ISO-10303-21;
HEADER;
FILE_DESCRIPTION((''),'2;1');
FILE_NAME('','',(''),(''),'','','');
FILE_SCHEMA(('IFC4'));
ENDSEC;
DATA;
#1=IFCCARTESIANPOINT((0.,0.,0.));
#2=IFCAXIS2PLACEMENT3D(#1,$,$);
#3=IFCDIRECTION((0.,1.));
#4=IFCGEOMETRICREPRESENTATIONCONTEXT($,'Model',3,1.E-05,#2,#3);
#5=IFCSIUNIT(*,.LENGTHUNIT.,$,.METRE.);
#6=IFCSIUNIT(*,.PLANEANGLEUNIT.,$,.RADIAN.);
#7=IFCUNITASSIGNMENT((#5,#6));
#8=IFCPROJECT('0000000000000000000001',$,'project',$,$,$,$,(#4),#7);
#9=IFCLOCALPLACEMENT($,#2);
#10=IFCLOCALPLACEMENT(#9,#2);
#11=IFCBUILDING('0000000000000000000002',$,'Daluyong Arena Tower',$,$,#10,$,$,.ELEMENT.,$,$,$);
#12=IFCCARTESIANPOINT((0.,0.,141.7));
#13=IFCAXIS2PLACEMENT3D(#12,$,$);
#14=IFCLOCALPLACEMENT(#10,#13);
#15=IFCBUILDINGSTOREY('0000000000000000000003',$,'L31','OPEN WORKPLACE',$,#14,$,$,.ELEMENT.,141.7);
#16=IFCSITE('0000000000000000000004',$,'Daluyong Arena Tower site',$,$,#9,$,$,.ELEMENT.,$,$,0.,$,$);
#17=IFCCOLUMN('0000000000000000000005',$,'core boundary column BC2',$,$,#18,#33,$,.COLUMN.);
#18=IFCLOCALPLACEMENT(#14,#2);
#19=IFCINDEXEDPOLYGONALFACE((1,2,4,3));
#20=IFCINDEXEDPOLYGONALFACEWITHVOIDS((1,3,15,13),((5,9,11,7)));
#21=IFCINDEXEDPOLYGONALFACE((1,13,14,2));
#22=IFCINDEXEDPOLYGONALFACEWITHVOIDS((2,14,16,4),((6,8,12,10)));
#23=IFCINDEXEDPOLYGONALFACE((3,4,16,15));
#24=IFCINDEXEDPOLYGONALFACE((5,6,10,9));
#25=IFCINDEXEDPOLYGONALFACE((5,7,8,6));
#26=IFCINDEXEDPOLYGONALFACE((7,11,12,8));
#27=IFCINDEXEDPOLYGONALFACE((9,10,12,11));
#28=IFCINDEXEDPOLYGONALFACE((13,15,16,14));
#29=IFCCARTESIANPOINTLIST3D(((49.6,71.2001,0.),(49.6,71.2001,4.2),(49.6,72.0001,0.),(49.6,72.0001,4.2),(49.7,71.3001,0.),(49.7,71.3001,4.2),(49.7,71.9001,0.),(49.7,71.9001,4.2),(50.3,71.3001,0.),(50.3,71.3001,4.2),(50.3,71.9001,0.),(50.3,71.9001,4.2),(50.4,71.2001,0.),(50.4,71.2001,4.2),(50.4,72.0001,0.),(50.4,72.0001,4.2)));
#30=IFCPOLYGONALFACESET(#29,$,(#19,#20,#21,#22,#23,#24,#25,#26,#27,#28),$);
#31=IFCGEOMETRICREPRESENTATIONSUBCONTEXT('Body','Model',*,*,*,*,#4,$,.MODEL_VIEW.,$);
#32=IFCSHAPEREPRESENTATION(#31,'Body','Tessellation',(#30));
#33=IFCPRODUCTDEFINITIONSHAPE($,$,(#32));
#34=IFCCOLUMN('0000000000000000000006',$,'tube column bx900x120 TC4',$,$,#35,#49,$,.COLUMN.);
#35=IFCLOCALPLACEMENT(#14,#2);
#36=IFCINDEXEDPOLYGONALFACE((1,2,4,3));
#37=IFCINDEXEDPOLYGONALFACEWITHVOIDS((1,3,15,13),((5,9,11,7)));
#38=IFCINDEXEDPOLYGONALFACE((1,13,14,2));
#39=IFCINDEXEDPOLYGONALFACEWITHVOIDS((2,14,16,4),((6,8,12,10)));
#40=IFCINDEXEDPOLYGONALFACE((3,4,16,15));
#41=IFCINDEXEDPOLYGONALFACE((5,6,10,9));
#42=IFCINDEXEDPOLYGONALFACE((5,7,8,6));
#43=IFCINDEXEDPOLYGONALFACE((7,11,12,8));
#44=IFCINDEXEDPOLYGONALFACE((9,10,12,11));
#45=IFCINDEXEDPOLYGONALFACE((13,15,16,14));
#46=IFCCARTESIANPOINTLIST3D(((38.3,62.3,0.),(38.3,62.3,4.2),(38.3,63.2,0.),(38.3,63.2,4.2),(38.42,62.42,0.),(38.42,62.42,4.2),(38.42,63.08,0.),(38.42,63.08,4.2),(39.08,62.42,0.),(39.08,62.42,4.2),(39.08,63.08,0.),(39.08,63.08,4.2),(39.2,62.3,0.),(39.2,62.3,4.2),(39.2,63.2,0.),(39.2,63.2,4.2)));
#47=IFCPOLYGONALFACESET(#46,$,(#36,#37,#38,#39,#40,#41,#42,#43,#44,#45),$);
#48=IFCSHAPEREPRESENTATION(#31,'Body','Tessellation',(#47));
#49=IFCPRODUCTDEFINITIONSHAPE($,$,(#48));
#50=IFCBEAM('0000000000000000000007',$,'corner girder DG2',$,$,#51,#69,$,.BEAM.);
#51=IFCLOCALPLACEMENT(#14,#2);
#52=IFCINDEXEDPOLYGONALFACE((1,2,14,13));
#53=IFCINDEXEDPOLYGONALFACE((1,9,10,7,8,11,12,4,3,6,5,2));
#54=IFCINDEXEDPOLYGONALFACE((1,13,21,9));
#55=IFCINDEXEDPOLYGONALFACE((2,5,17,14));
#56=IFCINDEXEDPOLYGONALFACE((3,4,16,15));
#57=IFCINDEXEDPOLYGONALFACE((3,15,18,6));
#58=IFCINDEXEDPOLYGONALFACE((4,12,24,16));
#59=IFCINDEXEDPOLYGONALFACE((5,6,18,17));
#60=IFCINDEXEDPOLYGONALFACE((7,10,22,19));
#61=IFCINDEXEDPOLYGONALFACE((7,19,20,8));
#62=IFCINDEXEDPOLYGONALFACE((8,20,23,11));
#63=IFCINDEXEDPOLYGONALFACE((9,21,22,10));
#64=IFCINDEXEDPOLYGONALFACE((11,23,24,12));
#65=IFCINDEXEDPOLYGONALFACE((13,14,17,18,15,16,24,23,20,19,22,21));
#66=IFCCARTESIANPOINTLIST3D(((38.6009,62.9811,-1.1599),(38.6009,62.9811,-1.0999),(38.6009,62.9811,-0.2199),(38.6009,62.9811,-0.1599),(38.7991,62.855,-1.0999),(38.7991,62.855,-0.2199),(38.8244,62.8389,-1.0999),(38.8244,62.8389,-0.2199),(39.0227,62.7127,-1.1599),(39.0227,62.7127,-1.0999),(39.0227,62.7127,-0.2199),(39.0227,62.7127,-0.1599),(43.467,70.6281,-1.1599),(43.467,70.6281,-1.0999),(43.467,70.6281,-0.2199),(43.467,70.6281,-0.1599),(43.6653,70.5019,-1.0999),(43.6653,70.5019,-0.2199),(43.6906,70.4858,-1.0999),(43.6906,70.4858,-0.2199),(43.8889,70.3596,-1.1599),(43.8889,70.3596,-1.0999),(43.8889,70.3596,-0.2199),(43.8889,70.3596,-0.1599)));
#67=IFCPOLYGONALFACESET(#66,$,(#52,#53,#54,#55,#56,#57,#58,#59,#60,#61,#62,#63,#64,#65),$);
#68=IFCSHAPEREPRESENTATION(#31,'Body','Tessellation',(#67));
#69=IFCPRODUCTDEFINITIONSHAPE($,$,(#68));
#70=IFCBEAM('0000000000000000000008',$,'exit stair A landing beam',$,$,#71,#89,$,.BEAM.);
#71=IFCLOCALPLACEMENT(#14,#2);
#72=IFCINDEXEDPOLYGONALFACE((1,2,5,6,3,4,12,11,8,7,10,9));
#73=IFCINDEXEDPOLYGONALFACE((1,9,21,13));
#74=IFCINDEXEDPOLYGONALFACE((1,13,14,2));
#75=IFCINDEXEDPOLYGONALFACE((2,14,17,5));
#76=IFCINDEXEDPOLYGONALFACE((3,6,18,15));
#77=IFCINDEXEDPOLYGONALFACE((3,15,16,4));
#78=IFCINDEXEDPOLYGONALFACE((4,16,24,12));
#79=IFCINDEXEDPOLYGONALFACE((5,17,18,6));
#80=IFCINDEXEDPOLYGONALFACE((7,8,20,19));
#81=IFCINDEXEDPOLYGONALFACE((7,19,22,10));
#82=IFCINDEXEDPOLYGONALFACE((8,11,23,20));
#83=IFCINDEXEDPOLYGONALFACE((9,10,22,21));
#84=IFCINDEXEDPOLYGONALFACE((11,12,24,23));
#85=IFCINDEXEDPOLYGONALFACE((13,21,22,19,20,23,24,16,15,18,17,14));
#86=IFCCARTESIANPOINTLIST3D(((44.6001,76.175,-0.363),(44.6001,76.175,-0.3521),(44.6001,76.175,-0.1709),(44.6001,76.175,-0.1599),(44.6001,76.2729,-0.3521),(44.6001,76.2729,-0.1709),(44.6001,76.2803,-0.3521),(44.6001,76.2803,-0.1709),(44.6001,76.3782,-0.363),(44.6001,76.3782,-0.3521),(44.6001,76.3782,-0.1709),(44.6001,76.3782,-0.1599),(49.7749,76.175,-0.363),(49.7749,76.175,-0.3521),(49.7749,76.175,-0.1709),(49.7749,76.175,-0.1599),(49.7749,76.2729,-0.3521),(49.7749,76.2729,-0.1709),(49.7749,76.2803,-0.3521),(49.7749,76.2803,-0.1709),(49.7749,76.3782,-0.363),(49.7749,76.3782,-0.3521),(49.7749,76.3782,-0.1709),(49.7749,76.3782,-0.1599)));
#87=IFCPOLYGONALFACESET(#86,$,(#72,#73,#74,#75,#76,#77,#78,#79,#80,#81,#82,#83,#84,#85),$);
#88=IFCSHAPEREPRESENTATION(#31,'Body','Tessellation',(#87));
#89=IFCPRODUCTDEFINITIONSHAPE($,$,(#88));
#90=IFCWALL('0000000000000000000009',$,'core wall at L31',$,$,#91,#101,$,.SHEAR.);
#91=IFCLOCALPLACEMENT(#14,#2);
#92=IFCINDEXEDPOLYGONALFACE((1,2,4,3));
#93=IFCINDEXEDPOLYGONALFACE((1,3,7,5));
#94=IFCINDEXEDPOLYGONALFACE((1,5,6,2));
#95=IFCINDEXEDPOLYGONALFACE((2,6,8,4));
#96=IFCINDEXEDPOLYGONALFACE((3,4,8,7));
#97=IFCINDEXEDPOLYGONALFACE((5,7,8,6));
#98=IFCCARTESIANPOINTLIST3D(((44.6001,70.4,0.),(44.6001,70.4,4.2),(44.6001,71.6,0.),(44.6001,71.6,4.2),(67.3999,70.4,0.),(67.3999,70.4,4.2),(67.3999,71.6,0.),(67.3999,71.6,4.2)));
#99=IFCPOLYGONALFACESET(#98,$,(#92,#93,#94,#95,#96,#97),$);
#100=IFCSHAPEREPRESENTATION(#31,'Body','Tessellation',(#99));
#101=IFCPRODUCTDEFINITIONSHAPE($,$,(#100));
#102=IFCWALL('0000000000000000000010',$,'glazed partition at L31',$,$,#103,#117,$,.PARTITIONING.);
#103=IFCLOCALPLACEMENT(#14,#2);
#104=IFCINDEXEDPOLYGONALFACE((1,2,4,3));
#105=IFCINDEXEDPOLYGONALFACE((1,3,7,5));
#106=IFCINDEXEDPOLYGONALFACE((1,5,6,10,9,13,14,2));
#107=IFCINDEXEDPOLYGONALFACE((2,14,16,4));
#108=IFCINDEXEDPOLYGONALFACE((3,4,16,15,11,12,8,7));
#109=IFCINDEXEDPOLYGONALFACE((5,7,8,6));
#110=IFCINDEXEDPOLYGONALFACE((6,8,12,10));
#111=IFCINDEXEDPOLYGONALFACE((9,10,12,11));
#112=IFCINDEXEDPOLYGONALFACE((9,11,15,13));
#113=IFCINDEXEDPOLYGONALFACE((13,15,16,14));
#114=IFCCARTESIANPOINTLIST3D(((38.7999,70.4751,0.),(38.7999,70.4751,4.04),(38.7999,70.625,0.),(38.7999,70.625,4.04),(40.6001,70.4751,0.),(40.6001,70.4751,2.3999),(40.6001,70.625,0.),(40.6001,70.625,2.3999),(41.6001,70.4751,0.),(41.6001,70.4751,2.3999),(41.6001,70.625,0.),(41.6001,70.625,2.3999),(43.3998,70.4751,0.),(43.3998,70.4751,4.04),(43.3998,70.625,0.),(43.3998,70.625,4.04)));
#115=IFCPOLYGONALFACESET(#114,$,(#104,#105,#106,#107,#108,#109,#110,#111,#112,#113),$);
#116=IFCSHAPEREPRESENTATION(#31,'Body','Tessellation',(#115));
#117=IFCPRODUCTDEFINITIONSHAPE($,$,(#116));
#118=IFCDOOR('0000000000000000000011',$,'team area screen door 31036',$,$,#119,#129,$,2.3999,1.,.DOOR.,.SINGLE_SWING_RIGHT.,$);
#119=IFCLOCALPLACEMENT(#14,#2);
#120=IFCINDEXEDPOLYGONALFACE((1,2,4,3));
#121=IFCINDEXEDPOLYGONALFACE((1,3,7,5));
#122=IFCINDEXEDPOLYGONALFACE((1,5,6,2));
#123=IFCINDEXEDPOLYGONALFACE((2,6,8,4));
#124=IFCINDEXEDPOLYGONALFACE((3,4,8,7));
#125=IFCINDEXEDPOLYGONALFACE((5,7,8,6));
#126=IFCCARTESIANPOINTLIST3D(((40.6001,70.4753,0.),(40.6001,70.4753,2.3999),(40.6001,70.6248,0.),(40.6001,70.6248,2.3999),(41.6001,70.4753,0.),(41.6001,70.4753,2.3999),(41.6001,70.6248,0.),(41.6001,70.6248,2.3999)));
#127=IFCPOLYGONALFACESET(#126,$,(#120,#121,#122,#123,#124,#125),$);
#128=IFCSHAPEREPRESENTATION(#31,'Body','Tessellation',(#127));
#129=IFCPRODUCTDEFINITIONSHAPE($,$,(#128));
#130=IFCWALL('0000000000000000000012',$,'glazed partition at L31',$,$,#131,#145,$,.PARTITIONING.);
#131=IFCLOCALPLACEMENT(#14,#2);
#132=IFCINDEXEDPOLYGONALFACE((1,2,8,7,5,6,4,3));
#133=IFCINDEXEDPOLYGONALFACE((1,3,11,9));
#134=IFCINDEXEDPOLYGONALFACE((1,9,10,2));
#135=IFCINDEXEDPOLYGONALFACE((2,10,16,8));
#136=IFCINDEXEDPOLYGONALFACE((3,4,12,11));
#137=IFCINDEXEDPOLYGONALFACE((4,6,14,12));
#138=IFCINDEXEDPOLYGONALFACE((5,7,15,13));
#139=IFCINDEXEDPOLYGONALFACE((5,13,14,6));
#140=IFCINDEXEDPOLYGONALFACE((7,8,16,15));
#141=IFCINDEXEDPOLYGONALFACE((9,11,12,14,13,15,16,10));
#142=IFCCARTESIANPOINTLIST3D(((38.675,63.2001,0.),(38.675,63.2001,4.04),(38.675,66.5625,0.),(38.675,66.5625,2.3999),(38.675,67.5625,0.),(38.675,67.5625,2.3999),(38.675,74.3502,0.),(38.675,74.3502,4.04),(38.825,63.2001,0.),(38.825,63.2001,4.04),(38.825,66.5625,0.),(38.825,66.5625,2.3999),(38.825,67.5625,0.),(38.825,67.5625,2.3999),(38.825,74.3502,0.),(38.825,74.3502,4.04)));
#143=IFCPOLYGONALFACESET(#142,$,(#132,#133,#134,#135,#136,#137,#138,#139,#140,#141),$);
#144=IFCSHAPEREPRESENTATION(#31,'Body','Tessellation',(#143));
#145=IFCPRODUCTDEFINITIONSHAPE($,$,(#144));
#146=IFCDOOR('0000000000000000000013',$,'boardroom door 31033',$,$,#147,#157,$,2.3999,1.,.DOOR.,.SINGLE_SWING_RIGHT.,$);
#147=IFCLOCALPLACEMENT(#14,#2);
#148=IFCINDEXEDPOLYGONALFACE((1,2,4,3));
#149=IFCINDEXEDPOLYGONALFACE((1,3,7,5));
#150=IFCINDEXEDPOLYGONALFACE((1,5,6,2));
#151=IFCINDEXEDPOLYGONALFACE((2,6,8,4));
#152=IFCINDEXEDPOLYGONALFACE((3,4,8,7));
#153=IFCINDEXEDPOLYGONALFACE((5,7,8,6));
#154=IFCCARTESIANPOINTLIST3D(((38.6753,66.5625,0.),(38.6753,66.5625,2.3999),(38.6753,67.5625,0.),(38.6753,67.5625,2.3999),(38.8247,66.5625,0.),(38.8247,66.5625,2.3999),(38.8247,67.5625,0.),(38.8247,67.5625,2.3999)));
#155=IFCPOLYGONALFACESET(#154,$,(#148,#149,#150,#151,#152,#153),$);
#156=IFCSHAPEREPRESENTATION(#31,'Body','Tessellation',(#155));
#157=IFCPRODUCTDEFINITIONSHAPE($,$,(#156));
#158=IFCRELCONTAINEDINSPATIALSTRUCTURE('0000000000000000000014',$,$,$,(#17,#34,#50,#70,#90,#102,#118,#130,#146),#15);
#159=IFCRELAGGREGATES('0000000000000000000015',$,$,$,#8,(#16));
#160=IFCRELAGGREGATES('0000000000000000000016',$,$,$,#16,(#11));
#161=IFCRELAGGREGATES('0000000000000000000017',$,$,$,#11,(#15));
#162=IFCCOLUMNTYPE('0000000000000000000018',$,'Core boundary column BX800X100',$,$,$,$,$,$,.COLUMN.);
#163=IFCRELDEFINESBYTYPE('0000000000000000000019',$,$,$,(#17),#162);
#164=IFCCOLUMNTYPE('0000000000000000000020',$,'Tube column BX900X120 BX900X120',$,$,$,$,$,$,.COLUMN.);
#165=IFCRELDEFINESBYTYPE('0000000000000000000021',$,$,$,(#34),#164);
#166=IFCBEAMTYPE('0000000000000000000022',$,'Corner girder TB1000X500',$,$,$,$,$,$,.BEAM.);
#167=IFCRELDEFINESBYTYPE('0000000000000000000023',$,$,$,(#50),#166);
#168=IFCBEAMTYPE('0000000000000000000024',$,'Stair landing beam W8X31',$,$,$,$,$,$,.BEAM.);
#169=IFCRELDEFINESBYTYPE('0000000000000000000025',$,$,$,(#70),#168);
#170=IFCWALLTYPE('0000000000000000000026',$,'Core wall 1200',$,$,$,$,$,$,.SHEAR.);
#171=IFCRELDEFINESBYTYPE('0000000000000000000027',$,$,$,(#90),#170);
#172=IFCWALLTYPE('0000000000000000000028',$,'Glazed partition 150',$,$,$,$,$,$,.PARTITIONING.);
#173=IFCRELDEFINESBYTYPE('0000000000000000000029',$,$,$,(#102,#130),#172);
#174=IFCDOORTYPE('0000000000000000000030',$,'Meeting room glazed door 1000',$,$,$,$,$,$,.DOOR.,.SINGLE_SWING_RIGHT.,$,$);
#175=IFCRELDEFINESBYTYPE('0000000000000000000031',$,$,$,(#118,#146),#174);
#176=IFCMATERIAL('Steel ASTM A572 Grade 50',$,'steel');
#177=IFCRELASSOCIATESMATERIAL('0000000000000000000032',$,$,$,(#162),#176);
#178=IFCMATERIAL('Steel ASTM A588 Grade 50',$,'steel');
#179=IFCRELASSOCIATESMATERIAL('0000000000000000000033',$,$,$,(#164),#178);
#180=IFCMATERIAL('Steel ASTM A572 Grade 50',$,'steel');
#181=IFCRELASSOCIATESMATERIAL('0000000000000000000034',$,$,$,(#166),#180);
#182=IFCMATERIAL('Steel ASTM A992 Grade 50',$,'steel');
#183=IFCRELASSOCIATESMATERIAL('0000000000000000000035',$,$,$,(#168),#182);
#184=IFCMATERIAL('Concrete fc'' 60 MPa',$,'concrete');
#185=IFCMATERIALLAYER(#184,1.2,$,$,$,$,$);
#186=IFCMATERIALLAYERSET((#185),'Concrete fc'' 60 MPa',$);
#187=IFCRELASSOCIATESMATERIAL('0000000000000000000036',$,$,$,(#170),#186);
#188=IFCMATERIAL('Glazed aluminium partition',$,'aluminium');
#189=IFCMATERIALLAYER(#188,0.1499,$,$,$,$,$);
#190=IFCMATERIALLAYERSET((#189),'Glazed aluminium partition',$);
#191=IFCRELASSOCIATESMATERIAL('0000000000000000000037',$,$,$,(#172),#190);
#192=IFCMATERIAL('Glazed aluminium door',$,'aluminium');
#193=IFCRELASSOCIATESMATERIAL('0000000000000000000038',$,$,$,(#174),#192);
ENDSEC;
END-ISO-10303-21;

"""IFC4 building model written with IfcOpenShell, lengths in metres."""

from ifc_helpers import new_model, si_unit, direction, frame, frame_2d, origin, origin_2d, place, context, subcontext, project, spatial, rectangle, hollow_rectangle, i_section, extrude, material, layer, layer_set, material_profile, profile_set, type_object, element, fill, save


model = new_model("IFC4")

# Units and contexts
model_context = context("Model", 3, precision=1e-05, world=origin(), true_north=direction((0.0, 1.0)))
body_context = subcontext(model_context, "Body", "Model", "MODEL_VIEW")
ifc_project = project(units=[si_unit("LENGTHUNIT", "METRE"), si_unit("PLANEANGLEUNIT", "RADIAN")], contexts=[model_context])

# Site, building, storey
site_placement = place(None, origin())
site = spatial("IfcSite", under=ifc_project, at=site_placement, Name="Daluyong Arena Tower site", CompositionType="ELEMENT", RefElevation=0.0)
building_placement = place(site_placement, origin())
building = spatial("IfcBuilding", under=site, at=building_placement, Name="Daluyong Arena Tower", CompositionType="ELEMENT")
storey_placement = place(building_placement, frame((0.0, 0.0, 141.7)))
storey = spatial("IfcBuildingStorey", under=building, at=storey_placement, Name="L31", Description="OPEN WORKPLACE", CompositionType="ELEMENT", Elevation=141.7)

# Columns
ifc_material_1 = material(Name="Steel ASTM A572 Grade 50", Category="steel")
ifc_material_profile_1 = material_profile(ifc_material_1, hollow_rectangle(XDim=0.8, YDim=0.8, WallThickness=0.1, at=origin_2d()))
ifc_profile_set_1 = profile_set([ifc_material_profile_1], Name="Steel ASTM A572 Grade 50")
column_type_1 = type_object("IfcColumnType", Name="Core boundary column BX800X100", PredefinedType="COLUMN", material=ifc_profile_set_1)
column_1_placement = place(storey_placement, frame((50.0, 71.6001, 0.0), z_axis=(0.0, 0.0, 1.0), x_axis=(1.0, 0.0, 0.0)))
element("IfcColumn", 1, at=column_1_placement, inside=storey, type_object=column_type_1, Name="core boundary column BC2", PredefinedType="COLUMN", context=body_context, shape_type="SweptSolid", body=[
    extrude(hollow_rectangle(XDim=0.8, YDim=0.8, WallThickness=0.1, at=origin_2d()), origin(), (0.0, 0.0, 1.0), 4.2),
])
ifc_material_2 = material(Name="Steel ASTM A588 Grade 50", Category="steel")
ifc_material_profile_2 = material_profile(ifc_material_2, hollow_rectangle(XDim=0.8999, YDim=0.8999, WallThickness=0.12, at=origin_2d()))
ifc_profile_set_2 = profile_set([ifc_material_profile_2], Name="Steel ASTM A588 Grade 50")
column_type_2 = type_object("IfcColumnType", Name="Tube column BX900X120 BX900X120", PredefinedType="COLUMN", material=ifc_profile_set_2)
column_2_placement = place(storey_placement, frame((38.75, 62.75, 0.0), z_axis=(0.0, 0.0, 1.0), x_axis=(0.0, 1.0, 0.0)))
element("IfcColumn", 2, at=column_2_placement, inside=storey, type_object=column_type_2, Name="tube column bx900x120 TC4", PredefinedType="COLUMN", context=body_context, shape_type="SweptSolid", body=[
    extrude(hollow_rectangle(XDim=0.8999, YDim=0.8999, WallThickness=0.12, at=origin_2d()), origin(), (0.0, 0.0, 1.0), 4.2),
])

# Beams
ifc_material_3 = material(Name="Steel ASTM A572 Grade 50", Category="steel")
ifc_material_profile_3 = material_profile(ifc_material_3, i_section(OverallWidth=0.5, OverallDepth=1.0, WebThickness=0.03, FlangeThickness=0.06, at=origin_2d()))
ifc_profile_set_3 = profile_set([ifc_material_profile_3], Name="Steel ASTM A572 Grade 50")
beam_type_1 = type_object("IfcBeamType", Name="Corner girder TB1000X500", PredefinedType="BEAM", material=ifc_profile_set_3)
beam_1_placement = place(storey_placement, frame((38.8118, 62.8469, -0.6599), z_axis=(0.536872, 0.843664, 0.0), x_axis=(-0.843664, 0.536872, 0.0)))
element("IfcBeam", 3, at=beam_1_placement, inside=storey, type_object=beam_type_1, Name="corner girder DG2", PredefinedType="BEAM", context=body_context, shape_type="SweptSolid", body=[
    extrude(i_section(OverallWidth=0.5, OverallDepth=1.0, WebThickness=0.03, FlangeThickness=0.06, at=origin_2d()), origin(), (0.0, 0.0, 1.0), 9.064),
])
ifc_material_4 = material(Name="Steel ASTM A992 Grade 50", Category="steel")
ifc_material_profile_4 = material_profile(ifc_material_4, i_section(OverallWidth=0.2031, OverallDepth=0.2031, WebThickness=0.0073, FlangeThickness=0.011, at=origin_2d()))
ifc_profile_set_4 = profile_set([ifc_material_profile_4], Name="Steel ASTM A992 Grade 50")
beam_type_2 = type_object("IfcBeamType", Name="Stair landing beam W8X31", PredefinedType="BEAM", material=ifc_profile_set_4)
beam_2_placement = place(storey_placement, frame((44.6001, 76.2766, -0.2615), z_axis=(1.0, 0.0, 0.0), x_axis=(0.0, 1.0, 0.0)))
element("IfcBeam", 4, at=beam_2_placement, inside=storey, type_object=beam_type_2, Name="exit stair A landing beam", PredefinedType="BEAM", context=body_context, shape_type="SweptSolid", body=[
    extrude(i_section(OverallWidth=0.2031, OverallDepth=0.2031, WebThickness=0.0073, FlangeThickness=0.011, at=origin_2d()), origin(), (0.0, 0.0, 1.0), 5.1748),
])

# Shared definitions
ifc_material_5 = material(Name="Concrete fc' 60 MPa", Category="concrete")
ifc_layer_1 = layer(ifc_material_5, 1.2)
ifc_layer_set_1 = layer_set([ifc_layer_1], Name="Concrete fc' 60 MPa")
wall_type_1 = type_object("IfcWallType", Name="Core wall 1200", PredefinedType="SHEAR", material=ifc_layer_set_1)

# Wall
wall_1_placement = place(storey_placement, frame((44.6001, 71.0, 0.0), z_axis=(0.0, 0.0, 1.0), x_axis=(1.0, 0.0, 0.0)))
element("IfcWall", 5, at=wall_1_placement, inside=storey, type_object=wall_type_1, Name="core wall at L31", PredefinedType="SHEAR", context=body_context, shape_type="SweptSolid", body=[
    extrude(rectangle(XDim=22.7998, YDim=1.2, at=frame_2d((11.3999, 0.0))), origin(), (0.0, 0.0, 1.0), 4.2),
])

# Walls, openings, doors
ifc_material_6 = material(Name="Glazed aluminium partition", Category="aluminium")
ifc_layer_2 = layer(ifc_material_6, 0.1499)
ifc_layer_set_2 = layer_set([ifc_layer_2], Name="Glazed aluminium partition")
wall_type_2 = type_object("IfcWallType", Name="Glazed partition 150", PredefinedType="PARTITIONING", material=ifc_layer_set_2)
wall_2_placement = place(storey_placement, frame((38.8, 70.55, 0.0), z_axis=(0.0, 0.0, 1.0), x_axis=(1.0, 0.0, 0.0)))
wall_2 = element("IfcWall", 6, at=wall_2_placement, inside=storey, type_object=wall_type_2, Name="glazed partition at L31", PredefinedType="PARTITIONING", context=body_context, shape_type="SweptSolid", body=[
    extrude(rectangle(XDim=4.5999, YDim=0.1499, at=frame_2d((2.2998, 0.0))), origin(), (0.0, 0.0, 1.0), 4.04),
])
opening_1_placement = place(wall_2_placement, frame((1.8, 0.0, 0.0)))
opening_1 = element("IfcOpeningElement", 7, at=opening_1_placement, cuts=wall_2, PredefinedType="OPENING", context=body_context, shape_type="SweptSolid", body=[
    extrude(rectangle(XDim=1.0, YDim=2.3999, at=frame_2d((0.5, 1.2))), frame((0.0, 0.085, 0.0), z_axis=(0.0, -1.0, 0.0), x_axis=(1.0, 0.0, 0.0)), (0.0, 0.0, 1.0), 0.1699),
])
ifc_material_7 = material(Name="Glazed aluminium door", Category="aluminium")
door_type_1 = type_object("IfcDoorType", Name="Meeting room glazed door 1000", OperationType="SINGLE_SWING_RIGHT", PredefinedType="DOOR", material=ifc_material_7)
door_1_placement = place(opening_1_placement, origin())
door_1 = element("IfcDoor", 8, at=door_1_placement, inside=storey, type_object=door_type_1, Name="team area screen door 31036", OperationType="SINGLE_SWING_RIGHT", OverallHeight=2.3999, OverallWidth=1.0, PredefinedType="DOOR", context=body_context, shape_type="SweptSolid", body=[
    extrude(rectangle(XDim=1.0, YDim=2.3999, at=frame_2d((0.5, 1.2))), frame((0.0, 0.0747, 0.0), z_axis=(0.0, -1.0, 0.0), x_axis=(1.0, 0.0, 0.0)), (0.0, 0.0, 1.0), 0.1494),
])
fill(opening_1, door_1)
wall_3_placement = place(storey_placement, frame((38.75, 63.2, 0.0), z_axis=(0.0, 0.0, 1.0), x_axis=(0.0, 1.0, 0.0)))
wall_3 = element("IfcWall", 9, at=wall_3_placement, inside=storey, type_object=wall_type_2, Name="glazed partition at L31", PredefinedType="PARTITIONING", context=body_context, shape_type="SweptSolid", body=[
    extrude(rectangle(XDim=11.1501, YDim=0.1499, at=frame_2d((5.5752, 0.0))), origin(), (0.0, 0.0, 1.0), 4.04),
])
opening_2_placement = place(wall_3_placement, frame((3.3625, 0.0, 0.0)))
opening_2 = element("IfcOpeningElement", 10, at=opening_2_placement, cuts=wall_3, PredefinedType="OPENING", context=body_context, shape_type="SweptSolid", body=[
    extrude(rectangle(XDim=1.0, YDim=2.3999, at=frame_2d((0.5, 1.2))), frame((0.0, 0.085, 0.0), z_axis=(0.0, -1.0, 0.0), x_axis=(1.0, 0.0, 0.0)), (0.0, 0.0, 1.0), 0.1699),
])
door_2_placement = place(opening_2_placement, origin())
door_2 = element("IfcDoor", 11, at=door_2_placement, inside=storey, type_object=door_type_1, Name="boardroom door 31033", OperationType="SINGLE_SWING_RIGHT", OverallHeight=2.3999, OverallWidth=1.0, PredefinedType="DOOR", context=body_context, shape_type="SweptSolid", body=[
    extrude(rectangle(XDim=1.0, YDim=2.3999, at=frame_2d((0.5, 1.2))), frame((0.0, 0.0747, 0.0), z_axis=(0.0, -1.0, 0.0), x_axis=(1.0, 0.0, 0.0)), (0.0, 0.0, 1.0), 0.1494),
])
fill(opening_2, door_2)

save(model, "model.ifc")
